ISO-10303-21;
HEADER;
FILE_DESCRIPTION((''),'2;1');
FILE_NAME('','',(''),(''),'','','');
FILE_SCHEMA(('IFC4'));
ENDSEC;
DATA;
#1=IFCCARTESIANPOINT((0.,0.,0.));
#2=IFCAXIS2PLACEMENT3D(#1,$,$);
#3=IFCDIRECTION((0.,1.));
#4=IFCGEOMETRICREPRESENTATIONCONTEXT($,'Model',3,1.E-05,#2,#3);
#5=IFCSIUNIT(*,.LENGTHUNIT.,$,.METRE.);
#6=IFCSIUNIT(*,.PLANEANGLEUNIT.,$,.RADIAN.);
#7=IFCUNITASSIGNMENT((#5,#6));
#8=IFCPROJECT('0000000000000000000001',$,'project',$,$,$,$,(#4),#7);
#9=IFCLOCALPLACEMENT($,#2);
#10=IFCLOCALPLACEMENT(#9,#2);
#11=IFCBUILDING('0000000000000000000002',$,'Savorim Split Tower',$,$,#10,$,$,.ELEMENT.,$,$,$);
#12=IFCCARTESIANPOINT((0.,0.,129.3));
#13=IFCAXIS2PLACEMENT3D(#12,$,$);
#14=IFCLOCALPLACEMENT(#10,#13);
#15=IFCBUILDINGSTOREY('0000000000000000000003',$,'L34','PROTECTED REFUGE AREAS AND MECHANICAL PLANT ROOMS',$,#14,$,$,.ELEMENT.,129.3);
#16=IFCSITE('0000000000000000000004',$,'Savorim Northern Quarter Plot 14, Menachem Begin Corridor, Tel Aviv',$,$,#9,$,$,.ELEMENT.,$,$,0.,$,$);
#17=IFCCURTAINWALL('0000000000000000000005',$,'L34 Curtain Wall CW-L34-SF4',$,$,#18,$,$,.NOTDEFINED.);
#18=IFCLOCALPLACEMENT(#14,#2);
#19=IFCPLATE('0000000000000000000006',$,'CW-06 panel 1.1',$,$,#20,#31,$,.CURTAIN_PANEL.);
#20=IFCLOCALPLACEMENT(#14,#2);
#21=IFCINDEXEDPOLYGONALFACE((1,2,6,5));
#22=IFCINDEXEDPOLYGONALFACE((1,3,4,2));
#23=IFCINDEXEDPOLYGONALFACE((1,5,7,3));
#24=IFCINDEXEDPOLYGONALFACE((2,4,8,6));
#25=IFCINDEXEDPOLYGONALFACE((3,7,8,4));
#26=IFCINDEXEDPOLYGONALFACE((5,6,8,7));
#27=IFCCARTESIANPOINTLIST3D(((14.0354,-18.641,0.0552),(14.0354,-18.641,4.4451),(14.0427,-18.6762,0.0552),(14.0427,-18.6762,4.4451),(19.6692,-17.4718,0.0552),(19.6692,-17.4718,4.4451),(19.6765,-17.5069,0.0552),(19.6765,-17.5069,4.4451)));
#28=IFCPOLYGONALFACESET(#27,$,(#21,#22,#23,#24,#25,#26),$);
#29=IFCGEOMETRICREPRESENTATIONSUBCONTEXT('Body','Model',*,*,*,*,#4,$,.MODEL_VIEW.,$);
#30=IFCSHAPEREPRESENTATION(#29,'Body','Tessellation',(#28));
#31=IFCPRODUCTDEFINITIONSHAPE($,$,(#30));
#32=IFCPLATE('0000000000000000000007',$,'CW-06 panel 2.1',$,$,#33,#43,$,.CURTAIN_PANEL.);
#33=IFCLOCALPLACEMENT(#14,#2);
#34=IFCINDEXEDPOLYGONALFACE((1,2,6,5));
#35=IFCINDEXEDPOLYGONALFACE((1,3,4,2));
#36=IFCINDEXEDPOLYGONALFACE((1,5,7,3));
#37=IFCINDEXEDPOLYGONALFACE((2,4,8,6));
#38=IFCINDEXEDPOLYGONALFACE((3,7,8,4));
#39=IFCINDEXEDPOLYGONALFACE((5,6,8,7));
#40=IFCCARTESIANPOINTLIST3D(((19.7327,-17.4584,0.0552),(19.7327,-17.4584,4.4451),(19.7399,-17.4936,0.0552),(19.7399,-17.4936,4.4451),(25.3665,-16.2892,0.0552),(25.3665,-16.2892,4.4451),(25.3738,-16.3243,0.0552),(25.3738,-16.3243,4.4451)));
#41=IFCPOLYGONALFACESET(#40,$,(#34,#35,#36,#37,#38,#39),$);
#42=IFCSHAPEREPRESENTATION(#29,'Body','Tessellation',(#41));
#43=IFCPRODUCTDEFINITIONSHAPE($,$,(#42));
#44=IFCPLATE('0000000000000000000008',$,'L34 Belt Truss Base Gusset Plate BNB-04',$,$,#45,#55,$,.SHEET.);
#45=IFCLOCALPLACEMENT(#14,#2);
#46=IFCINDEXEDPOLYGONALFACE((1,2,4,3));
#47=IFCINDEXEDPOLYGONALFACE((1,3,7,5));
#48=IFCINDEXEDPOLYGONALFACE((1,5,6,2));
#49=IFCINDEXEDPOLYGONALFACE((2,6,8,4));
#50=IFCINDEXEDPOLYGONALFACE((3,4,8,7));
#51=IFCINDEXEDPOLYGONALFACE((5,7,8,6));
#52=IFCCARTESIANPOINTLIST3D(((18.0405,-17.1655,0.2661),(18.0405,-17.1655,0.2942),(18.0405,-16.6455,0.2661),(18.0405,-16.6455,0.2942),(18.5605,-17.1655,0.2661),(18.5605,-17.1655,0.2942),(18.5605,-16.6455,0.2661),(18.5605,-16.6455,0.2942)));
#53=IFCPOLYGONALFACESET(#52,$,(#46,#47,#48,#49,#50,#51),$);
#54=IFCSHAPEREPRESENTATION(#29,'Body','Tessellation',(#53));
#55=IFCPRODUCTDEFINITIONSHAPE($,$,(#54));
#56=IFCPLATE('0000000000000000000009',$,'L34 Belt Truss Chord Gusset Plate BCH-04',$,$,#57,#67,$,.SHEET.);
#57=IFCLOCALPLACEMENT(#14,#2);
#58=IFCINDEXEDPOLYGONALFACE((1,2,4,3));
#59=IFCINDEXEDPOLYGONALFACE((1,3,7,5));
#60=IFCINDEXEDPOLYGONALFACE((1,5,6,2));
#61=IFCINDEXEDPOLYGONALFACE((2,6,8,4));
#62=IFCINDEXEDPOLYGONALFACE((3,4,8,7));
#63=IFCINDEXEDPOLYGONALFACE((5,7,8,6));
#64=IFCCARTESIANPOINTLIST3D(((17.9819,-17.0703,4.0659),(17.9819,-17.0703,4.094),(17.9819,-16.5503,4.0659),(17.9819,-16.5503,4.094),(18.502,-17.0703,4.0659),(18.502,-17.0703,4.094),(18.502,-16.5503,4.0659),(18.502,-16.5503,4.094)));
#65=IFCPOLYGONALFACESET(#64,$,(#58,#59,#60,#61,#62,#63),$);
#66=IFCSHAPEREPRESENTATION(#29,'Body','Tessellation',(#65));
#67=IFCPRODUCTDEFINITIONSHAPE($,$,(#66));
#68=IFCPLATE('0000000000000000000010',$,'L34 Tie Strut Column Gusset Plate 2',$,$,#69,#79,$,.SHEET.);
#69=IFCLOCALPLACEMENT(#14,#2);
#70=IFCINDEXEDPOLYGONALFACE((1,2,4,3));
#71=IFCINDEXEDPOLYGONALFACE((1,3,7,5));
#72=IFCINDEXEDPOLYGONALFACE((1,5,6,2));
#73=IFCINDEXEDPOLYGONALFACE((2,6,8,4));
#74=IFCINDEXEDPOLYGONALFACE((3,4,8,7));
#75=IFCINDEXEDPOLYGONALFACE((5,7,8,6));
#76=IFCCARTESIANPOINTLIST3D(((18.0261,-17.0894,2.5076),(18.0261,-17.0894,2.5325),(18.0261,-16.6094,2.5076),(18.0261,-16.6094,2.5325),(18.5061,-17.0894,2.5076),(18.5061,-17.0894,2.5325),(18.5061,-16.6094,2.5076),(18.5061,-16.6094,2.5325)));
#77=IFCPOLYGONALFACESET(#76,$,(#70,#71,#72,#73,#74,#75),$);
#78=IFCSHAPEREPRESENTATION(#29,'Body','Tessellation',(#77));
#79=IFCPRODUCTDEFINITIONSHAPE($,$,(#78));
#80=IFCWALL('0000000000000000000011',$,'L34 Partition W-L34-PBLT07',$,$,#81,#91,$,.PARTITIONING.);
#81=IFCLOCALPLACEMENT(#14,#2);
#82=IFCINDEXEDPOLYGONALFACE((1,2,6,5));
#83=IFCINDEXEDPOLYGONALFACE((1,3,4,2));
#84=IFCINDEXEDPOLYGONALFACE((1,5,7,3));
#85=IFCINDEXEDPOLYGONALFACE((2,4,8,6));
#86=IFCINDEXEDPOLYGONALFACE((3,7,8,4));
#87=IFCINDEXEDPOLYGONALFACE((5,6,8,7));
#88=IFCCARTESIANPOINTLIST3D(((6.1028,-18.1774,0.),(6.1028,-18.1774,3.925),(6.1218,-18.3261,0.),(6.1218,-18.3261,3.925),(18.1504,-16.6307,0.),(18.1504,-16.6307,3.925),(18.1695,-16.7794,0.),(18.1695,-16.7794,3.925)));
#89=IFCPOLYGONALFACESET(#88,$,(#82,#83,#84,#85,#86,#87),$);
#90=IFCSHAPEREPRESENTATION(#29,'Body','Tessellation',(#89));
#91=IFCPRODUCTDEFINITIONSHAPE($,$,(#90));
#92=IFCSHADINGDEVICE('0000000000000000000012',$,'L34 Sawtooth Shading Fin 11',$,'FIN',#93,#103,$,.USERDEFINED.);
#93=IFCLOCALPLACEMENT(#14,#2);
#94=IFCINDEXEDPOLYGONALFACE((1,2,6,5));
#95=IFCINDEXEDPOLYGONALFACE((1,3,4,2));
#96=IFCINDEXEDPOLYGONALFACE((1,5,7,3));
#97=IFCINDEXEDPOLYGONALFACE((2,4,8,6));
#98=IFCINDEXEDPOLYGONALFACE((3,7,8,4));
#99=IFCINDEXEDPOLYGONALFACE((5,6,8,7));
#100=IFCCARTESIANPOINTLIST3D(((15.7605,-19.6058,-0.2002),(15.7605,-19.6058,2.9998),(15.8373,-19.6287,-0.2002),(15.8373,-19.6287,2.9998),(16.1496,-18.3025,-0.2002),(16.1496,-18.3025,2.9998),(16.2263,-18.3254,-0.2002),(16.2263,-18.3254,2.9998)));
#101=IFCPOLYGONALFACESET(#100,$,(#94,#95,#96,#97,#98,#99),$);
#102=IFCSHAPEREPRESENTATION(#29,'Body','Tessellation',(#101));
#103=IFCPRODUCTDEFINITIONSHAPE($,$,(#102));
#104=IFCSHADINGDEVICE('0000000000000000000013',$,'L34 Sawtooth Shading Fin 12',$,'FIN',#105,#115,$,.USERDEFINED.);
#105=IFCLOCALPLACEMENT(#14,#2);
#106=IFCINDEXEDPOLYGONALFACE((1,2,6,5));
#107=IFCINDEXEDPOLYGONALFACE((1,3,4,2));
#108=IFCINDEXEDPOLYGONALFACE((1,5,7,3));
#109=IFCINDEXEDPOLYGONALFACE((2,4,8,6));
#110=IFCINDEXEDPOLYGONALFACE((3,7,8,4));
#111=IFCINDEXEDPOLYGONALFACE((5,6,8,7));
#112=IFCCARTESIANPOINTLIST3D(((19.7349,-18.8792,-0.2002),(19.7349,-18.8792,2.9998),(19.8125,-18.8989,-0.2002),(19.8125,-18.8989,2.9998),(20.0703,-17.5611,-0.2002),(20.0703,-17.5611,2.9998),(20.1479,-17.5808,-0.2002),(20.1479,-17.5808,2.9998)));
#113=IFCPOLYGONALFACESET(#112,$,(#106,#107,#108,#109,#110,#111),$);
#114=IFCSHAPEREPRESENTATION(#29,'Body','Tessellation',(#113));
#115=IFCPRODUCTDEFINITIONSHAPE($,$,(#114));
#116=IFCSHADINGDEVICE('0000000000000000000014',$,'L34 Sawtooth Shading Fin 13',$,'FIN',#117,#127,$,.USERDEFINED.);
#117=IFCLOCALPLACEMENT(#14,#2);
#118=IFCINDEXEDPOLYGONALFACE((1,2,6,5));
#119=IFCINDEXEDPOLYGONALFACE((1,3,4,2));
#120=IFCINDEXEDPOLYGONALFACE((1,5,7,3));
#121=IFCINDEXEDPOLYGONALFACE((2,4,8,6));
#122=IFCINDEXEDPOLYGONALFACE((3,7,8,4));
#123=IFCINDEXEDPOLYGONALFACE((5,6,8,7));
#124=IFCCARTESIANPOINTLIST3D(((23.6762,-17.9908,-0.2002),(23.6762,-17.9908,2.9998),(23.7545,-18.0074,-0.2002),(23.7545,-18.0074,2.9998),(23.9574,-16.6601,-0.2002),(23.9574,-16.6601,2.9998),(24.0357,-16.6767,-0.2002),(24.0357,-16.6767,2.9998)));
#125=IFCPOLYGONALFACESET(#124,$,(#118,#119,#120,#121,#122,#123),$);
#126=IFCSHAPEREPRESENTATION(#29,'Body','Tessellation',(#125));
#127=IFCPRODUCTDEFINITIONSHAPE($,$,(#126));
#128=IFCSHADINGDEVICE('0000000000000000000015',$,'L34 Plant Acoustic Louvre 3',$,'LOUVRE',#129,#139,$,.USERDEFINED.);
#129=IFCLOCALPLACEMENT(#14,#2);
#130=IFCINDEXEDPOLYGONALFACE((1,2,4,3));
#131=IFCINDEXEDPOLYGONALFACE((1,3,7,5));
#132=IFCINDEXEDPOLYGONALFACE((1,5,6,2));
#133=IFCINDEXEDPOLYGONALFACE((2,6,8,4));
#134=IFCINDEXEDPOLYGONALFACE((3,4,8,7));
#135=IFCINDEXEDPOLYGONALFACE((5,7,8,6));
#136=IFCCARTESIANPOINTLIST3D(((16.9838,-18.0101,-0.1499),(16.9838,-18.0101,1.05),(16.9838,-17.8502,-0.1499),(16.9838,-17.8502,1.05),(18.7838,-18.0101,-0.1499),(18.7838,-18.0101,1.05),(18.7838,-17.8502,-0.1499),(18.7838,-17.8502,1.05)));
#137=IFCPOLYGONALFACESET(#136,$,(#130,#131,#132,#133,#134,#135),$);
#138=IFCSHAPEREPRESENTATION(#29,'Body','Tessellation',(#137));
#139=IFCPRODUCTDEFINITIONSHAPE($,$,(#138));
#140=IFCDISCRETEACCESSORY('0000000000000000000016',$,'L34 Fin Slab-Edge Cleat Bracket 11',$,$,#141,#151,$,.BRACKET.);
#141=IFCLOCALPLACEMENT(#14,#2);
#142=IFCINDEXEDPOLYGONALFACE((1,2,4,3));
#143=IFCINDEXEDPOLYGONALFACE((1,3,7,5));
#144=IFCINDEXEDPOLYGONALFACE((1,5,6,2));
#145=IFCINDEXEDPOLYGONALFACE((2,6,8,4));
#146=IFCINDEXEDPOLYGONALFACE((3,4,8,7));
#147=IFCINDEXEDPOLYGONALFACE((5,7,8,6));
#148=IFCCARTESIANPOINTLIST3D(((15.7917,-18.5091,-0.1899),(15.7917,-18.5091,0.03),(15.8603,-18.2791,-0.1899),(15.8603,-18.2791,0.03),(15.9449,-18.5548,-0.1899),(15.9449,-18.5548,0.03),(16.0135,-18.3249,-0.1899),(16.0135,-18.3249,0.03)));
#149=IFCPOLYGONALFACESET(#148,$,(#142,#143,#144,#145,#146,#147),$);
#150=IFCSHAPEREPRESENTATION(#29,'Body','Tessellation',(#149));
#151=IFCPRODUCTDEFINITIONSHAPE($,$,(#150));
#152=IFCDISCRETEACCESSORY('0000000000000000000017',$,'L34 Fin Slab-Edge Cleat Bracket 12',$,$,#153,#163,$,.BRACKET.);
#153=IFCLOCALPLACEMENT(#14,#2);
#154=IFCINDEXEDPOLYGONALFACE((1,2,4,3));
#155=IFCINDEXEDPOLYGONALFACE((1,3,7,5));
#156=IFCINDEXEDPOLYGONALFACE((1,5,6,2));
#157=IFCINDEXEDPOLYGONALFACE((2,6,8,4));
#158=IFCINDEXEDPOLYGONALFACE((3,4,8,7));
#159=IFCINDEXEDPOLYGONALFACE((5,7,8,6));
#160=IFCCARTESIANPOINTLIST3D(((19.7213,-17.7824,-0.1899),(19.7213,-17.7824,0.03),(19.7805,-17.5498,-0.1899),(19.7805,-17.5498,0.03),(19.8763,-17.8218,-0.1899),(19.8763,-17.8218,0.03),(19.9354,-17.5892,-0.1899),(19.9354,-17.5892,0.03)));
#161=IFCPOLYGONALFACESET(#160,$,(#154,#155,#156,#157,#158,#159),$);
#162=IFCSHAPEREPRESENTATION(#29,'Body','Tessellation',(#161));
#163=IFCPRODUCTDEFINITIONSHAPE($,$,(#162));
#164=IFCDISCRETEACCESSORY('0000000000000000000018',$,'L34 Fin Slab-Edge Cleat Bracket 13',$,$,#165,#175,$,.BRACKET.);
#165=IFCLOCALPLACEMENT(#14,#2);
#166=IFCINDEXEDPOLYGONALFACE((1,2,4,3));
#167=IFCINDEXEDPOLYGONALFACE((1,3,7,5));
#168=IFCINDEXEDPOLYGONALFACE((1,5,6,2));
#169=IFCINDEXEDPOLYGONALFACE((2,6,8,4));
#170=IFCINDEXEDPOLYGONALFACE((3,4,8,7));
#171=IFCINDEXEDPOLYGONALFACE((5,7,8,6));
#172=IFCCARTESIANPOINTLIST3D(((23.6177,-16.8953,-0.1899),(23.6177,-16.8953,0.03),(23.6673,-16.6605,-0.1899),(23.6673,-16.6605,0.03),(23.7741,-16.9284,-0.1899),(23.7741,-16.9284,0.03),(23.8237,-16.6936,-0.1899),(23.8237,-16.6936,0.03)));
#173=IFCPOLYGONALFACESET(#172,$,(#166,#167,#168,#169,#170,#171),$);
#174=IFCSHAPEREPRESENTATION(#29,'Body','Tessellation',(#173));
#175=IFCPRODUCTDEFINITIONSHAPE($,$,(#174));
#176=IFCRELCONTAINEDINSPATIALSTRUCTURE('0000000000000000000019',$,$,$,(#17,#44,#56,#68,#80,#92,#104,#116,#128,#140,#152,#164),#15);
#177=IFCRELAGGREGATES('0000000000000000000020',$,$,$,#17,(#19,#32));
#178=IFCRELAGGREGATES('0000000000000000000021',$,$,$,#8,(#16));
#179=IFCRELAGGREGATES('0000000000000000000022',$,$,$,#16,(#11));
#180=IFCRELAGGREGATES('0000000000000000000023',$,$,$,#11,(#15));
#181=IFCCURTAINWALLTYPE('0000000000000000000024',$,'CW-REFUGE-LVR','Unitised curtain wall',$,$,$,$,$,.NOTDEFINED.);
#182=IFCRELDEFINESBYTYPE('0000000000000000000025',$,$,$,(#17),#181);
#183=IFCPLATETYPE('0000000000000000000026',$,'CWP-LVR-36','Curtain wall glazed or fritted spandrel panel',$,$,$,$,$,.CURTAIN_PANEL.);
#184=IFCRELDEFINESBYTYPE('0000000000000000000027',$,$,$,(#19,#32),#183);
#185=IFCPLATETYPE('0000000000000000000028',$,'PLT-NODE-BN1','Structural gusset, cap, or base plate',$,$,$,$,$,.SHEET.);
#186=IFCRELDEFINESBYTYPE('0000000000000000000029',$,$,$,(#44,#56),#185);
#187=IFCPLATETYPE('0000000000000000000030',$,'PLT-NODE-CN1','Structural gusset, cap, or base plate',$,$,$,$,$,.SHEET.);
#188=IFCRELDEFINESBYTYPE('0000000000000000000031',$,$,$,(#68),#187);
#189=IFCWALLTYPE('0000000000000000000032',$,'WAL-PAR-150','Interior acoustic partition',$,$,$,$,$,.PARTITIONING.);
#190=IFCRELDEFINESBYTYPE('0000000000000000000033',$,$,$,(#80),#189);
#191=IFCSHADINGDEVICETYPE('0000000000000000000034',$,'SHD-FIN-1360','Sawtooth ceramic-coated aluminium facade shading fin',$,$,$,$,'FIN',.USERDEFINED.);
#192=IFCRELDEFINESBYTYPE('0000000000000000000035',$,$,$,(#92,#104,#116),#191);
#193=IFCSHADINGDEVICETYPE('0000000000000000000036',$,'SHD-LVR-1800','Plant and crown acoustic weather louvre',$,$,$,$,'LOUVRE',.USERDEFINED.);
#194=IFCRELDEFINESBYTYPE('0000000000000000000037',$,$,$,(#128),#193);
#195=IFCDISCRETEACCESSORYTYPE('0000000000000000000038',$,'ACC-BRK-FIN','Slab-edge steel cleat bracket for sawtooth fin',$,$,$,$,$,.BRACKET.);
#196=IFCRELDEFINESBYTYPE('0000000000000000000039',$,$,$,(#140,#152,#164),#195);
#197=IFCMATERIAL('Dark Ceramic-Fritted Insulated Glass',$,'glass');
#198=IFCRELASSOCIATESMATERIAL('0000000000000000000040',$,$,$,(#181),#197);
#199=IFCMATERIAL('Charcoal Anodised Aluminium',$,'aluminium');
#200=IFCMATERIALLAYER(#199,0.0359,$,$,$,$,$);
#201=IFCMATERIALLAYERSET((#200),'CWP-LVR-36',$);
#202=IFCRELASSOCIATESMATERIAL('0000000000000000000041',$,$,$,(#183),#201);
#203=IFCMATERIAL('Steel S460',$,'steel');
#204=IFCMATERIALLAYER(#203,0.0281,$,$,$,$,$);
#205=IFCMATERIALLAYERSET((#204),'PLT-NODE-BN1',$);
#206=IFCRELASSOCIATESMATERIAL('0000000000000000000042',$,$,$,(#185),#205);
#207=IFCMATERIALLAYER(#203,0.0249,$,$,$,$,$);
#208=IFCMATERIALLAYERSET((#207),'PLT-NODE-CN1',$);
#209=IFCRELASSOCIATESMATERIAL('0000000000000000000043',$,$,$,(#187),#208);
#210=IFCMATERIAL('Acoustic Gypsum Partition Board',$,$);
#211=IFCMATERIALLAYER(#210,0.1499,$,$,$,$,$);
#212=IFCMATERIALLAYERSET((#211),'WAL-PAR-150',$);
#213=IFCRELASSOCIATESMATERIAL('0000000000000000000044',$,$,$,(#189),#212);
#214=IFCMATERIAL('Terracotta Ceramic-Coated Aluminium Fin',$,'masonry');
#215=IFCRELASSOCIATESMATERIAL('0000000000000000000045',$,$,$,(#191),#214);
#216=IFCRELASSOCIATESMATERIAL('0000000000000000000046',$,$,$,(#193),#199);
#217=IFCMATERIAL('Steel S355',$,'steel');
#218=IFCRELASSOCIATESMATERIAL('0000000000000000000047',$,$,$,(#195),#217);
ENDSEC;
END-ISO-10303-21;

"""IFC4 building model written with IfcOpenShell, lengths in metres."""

from ifc_helpers import new_model, si_unit, direction, frame, frame_2d, origin, origin_2d, place, context, subcontext, project, spatial, rectangle, extrude, material, layer, layer_set, type_object, element, aggregate, save


model = new_model("IFC4")

# Units and contexts
model_context = context("Model", 3, precision=1e-05, world=origin(), true_north=direction((0.0, 1.0)))
body_context = subcontext(model_context, "Body", "Model", "MODEL_VIEW")
ifc_project = project(units=[si_unit("LENGTHUNIT", "METRE"), si_unit("PLANEANGLEUNIT", "RADIAN")], contexts=[model_context])

# Site, building, storey
site_placement = place(None, origin())
site = spatial("IfcSite", under=ifc_project, at=site_placement, Name="Savorim Northern Quarter Plot 14, Menachem Begin Corridor, Tel Aviv", CompositionType="ELEMENT", RefElevation=0.0)
building_placement = place(site_placement, origin())
building = spatial("IfcBuilding", under=site, at=building_placement, Name="Savorim Split Tower", CompositionType="ELEMENT")
storey_placement = place(building_placement, frame((0.0, 0.0, 129.3)))
storey = spatial("IfcBuildingStorey", under=building, at=storey_placement, Name="L34", Description="PROTECTED REFUGE AREAS AND MECHANICAL PLANT ROOMS", CompositionType="ELEMENT", Elevation=129.3)

# Shared definitions
ifc_material_1 = material(Name="Steel S460", Category="steel")

# Shared definitions
ifc_material_2 = material(Name="Steel S355", Category="steel")

# Curtain wall
ifc_material_3 = material(Name="Dark Ceramic-Fritted Insulated Glass", Category="glass")
curtain_wall_type = type_object("IfcCurtainWallType", Name="CW-REFUGE-LVR", Description="Unitised curtain wall", PredefinedType="NOTDEFINED", material=ifc_material_3)
curtain_wall_placement = place(storey_placement, origin())
curtain_wall = element("IfcCurtainWall", 1, at=curtain_wall_placement, inside=storey, type_object=curtain_wall_type, Name="L34 Curtain Wall CW-L34-SF4", PredefinedType="NOTDEFINED")
ifc_material_4 = material(Name="Charcoal Anodised Aluminium", Category="aluminium")

# Plates
ifc_layer_1 = layer(ifc_material_4, 0.0359)
ifc_layer_set_1 = layer_set([ifc_layer_1], Name="CWP-LVR-36")
plate_type_1 = type_object("IfcPlateType", Name="CWP-LVR-36", Description="Curtain wall glazed or fritted spandrel panel", PredefinedType="CURTAIN_PANEL", material=ifc_layer_set_1)
plate_1_placement = place(storey_placement, frame((16.856, -18.074, 0.0552), z_axis=(0.0, 0.0, 1.0), x_axis=(0.979135, 0.20321, 0.0)))
plate_1 = element("IfcPlate", 2, at=plate_1_placement, type_object=plate_type_1, Name="CW-06 panel 1.1", PredefinedType="CURTAIN_PANEL", context=body_context, shape_type="SweptSolid", body=[
    extrude(rectangle(XDim=5.7539, YDim=0.0359, at=origin_2d()), origin(), (0.0, 0.0, 1.0), 4.3899),
])
plate_2_placement = place(storey_placement, frame((22.5532, -16.8914, 0.0552), z_axis=(0.0, 0.0, 1.0), x_axis=(0.979135, 0.20321, 0.0)))
plate_2 = element("IfcPlate", 3, at=plate_2_placement, type_object=plate_type_1, Name="CW-06 panel 2.1", PredefinedType="CURTAIN_PANEL", context=body_context, shape_type="SweptSolid", body=[
    extrude(rectangle(XDim=5.7539, YDim=0.0359, at=origin_2d()), origin(), (0.0, 0.0, 1.0), 4.3899),
])
aggregate(curtain_wall, [plate_1, plate_2])

# Plates
ifc_layer_2 = layer(ifc_material_1, 0.0281)
ifc_layer_set_2 = layer_set([ifc_layer_2], Name="PLT-NODE-BN1")
plate_type_2 = type_object("IfcPlateType", Name="PLT-NODE-BN1", Description="Structural gusset, cap, or base plate", PredefinedType="SHEET", material=ifc_layer_set_2)
for number, where, z_axis, x_axis, name in (
    (4, (18.3005, -16.9055, 0.2661), (0.0, 0.0, 1.0), (1.0, 0.0, 0.0), "L34 Belt Truss Base Gusset Plate BNB-04"),
    (5, (18.2419, -16.8103, 4.0659), (0.0, 0.0, 1.0), (1.0, 0.0, 0.0), "L34 Belt Truss Chord Gusset Plate BCH-04"),
):
    element("IfcPlate", number, at=place(storey_placement, frame(where, z_axis=z_axis, x_axis=x_axis)), inside=storey, type_object=plate_type_2, Name=name, PredefinedType="SHEET", context=body_context, shape_type="SweptSolid", body=[
        extrude(rectangle(XDim=0.52, YDim=0.52, at=origin_2d()), origin(), (0.0, 0.0, 1.0), 0.0281),
    ])
ifc_layer_3 = layer(ifc_material_1, 0.0249)
ifc_layer_set_3 = layer_set([ifc_layer_3], Name="PLT-NODE-CN1")
plate_type_3 = type_object("IfcPlateType", Name="PLT-NODE-CN1", Description="Structural gusset, cap, or base plate", PredefinedType="SHEET", material=ifc_layer_set_3)
plate_3_placement = place(storey_placement, frame((18.2661, -16.8494, 2.5076), z_axis=(0.0, 0.0, 1.0), x_axis=(1.0, 0.0, 0.0)))
element("IfcPlate", 6, at=plate_3_placement, inside=storey, type_object=plate_type_3, Name="L34 Tie Strut Column Gusset Plate 2", PredefinedType="SHEET", context=body_context, shape_type="SweptSolid", body=[
    extrude(rectangle(XDim=0.48, YDim=0.48, at=origin_2d()), origin(), (0.0, 0.0, 1.0), 0.0249),
])

# Wall
ifc_material_5 = material(Name="Acoustic Gypsum Partition Board")
ifc_layer_4 = layer(ifc_material_5, 0.1499)
ifc_layer_set_4 = layer_set([ifc_layer_4], Name="WAL-PAR-150")
wall_type = type_object("IfcWallType", Name="WAL-PAR-150", Description="Interior acoustic partition", PredefinedType="PARTITIONING", material=ifc_layer_set_4)
wall_placement = place(storey_placement, frame((18.1599, -16.7051, 0.0), z_axis=(0.0, 0.0, 1.0), x_axis=(-0.99186, -0.127332, 0.0)))
element("IfcWall", 7, at=wall_placement, inside=storey, type_object=wall_type, Name="L34 Partition W-L34-PBLT07", PredefinedType="PARTITIONING", context=body_context, shape_type="SweptSolid", body=[
    extrude(rectangle(XDim=12.1465, YDim=0.1499, at=frame_2d((6.0732, 0.0))), origin(), (0.0, 0.0, 1.0), 3.925),
])

# Shading devices
ifc_material_6 = material(Name="Terracotta Ceramic-Coated Aluminium Fin", Category="masonry")
shading_device_type_1 = type_object("IfcShadingDeviceType", Name="SHD-FIN-1360", Description="Sawtooth ceramic-coated aluminium facade shading fin", ElementType="FIN", PredefinedType="USERDEFINED", material=ifc_material_6)
for number, where, z_axis, x_axis, name in (
    (8, (15.9934, -18.9656, -0.2002), (0.0, 0.0, 1.0), (-0.286026, -0.958222, 0.0), "L34 Sawtooth Shading Fin 11"),
    (9, (19.9414, -18.23, -0.2002), (0.0, 0.0, 1.0), (-0.246581, -0.969122, 0.0), "L34 Sawtooth Shading Fin 12"),
    (10, (23.856, -17.3337, -0.2002), (0.0, 0.0, 1.0), (-0.206722, -0.9784, 0.0), "L34 Sawtooth Shading Fin 13"),
):
    element("IfcShadingDevice", number, at=place(storey_placement, frame(where, z_axis=z_axis, x_axis=x_axis)), inside=storey, type_object=shading_device_type_1, Name=name, ObjectType="FIN", PredefinedType="USERDEFINED", context=body_context, shape_type="SweptSolid", body=[
        extrude(rectangle(XDim=1.3601, YDim=0.0801, at=origin_2d()), origin(), (0.0, 0.0, 1.0), 3.2),
    ])
shading_device_type_2 = type_object("IfcShadingDeviceType", Name="SHD-LVR-1800", Description="Plant and crown acoustic weather louvre", ElementType="LOUVRE", PredefinedType="USERDEFINED", material=ifc_material_4)
shading_device_placement = place(storey_placement, frame((17.8838, -17.9302, -0.1499), z_axis=(0.0, 0.0, 1.0), x_axis=(1.0, 0.0, 0.0)))
element("IfcShadingDevice", 11, at=shading_device_placement, inside=storey, type_object=shading_device_type_2, Name="L34 Plant Acoustic Louvre 3", ObjectType="LOUVRE", PredefinedType="USERDEFINED", context=body_context, shape_type="SweptSolid", body=[
    extrude(rectangle(XDim=1.8, YDim=0.1599, at=origin_2d()), origin(), (0.0, 0.0, 1.0), 1.2),
])

# Discrete accessories
discrete_accessory_type = type_object("IfcDiscreteAccessoryType", Name="ACC-BRK-FIN", Description="Slab-edge steel cleat bracket for sawtooth fin", PredefinedType="BRACKET", material=ifc_material_2)
for number, where, z_axis, x_axis, name in (
    (12, (15.9026, -18.417, -0.1899), (0.0, 0.0, 1.0), (-0.286026, -0.958222, 0.0), "L34 Fin Slab-Edge Cleat Bracket 11"),
    (13, (19.8284, -17.6858, -0.1899), (0.0, 0.0, 1.0), (-0.246581, -0.969122, 0.0), "L34 Fin Slab-Edge Cleat Bracket 12"),
    (14, (23.7207, -16.7944, -0.1899), (0.0, 0.0, 1.0), (-0.206722, -0.9784, 0.0), "L34 Fin Slab-Edge Cleat Bracket 13"),
):
    element("IfcDiscreteAccessory", number, at=place(storey_placement, frame(where, z_axis=z_axis, x_axis=x_axis)), inside=storey, type_object=discrete_accessory_type, Name=name, PredefinedType="BRACKET", context=body_context, shape_type="SweptSolid", body=[
        extrude(rectangle(XDim=0.24, YDim=0.1599, at=origin_2d()), origin(), (0.0, 0.0, 1.0), 0.22),
    ])

save(model, "model.ifc")
